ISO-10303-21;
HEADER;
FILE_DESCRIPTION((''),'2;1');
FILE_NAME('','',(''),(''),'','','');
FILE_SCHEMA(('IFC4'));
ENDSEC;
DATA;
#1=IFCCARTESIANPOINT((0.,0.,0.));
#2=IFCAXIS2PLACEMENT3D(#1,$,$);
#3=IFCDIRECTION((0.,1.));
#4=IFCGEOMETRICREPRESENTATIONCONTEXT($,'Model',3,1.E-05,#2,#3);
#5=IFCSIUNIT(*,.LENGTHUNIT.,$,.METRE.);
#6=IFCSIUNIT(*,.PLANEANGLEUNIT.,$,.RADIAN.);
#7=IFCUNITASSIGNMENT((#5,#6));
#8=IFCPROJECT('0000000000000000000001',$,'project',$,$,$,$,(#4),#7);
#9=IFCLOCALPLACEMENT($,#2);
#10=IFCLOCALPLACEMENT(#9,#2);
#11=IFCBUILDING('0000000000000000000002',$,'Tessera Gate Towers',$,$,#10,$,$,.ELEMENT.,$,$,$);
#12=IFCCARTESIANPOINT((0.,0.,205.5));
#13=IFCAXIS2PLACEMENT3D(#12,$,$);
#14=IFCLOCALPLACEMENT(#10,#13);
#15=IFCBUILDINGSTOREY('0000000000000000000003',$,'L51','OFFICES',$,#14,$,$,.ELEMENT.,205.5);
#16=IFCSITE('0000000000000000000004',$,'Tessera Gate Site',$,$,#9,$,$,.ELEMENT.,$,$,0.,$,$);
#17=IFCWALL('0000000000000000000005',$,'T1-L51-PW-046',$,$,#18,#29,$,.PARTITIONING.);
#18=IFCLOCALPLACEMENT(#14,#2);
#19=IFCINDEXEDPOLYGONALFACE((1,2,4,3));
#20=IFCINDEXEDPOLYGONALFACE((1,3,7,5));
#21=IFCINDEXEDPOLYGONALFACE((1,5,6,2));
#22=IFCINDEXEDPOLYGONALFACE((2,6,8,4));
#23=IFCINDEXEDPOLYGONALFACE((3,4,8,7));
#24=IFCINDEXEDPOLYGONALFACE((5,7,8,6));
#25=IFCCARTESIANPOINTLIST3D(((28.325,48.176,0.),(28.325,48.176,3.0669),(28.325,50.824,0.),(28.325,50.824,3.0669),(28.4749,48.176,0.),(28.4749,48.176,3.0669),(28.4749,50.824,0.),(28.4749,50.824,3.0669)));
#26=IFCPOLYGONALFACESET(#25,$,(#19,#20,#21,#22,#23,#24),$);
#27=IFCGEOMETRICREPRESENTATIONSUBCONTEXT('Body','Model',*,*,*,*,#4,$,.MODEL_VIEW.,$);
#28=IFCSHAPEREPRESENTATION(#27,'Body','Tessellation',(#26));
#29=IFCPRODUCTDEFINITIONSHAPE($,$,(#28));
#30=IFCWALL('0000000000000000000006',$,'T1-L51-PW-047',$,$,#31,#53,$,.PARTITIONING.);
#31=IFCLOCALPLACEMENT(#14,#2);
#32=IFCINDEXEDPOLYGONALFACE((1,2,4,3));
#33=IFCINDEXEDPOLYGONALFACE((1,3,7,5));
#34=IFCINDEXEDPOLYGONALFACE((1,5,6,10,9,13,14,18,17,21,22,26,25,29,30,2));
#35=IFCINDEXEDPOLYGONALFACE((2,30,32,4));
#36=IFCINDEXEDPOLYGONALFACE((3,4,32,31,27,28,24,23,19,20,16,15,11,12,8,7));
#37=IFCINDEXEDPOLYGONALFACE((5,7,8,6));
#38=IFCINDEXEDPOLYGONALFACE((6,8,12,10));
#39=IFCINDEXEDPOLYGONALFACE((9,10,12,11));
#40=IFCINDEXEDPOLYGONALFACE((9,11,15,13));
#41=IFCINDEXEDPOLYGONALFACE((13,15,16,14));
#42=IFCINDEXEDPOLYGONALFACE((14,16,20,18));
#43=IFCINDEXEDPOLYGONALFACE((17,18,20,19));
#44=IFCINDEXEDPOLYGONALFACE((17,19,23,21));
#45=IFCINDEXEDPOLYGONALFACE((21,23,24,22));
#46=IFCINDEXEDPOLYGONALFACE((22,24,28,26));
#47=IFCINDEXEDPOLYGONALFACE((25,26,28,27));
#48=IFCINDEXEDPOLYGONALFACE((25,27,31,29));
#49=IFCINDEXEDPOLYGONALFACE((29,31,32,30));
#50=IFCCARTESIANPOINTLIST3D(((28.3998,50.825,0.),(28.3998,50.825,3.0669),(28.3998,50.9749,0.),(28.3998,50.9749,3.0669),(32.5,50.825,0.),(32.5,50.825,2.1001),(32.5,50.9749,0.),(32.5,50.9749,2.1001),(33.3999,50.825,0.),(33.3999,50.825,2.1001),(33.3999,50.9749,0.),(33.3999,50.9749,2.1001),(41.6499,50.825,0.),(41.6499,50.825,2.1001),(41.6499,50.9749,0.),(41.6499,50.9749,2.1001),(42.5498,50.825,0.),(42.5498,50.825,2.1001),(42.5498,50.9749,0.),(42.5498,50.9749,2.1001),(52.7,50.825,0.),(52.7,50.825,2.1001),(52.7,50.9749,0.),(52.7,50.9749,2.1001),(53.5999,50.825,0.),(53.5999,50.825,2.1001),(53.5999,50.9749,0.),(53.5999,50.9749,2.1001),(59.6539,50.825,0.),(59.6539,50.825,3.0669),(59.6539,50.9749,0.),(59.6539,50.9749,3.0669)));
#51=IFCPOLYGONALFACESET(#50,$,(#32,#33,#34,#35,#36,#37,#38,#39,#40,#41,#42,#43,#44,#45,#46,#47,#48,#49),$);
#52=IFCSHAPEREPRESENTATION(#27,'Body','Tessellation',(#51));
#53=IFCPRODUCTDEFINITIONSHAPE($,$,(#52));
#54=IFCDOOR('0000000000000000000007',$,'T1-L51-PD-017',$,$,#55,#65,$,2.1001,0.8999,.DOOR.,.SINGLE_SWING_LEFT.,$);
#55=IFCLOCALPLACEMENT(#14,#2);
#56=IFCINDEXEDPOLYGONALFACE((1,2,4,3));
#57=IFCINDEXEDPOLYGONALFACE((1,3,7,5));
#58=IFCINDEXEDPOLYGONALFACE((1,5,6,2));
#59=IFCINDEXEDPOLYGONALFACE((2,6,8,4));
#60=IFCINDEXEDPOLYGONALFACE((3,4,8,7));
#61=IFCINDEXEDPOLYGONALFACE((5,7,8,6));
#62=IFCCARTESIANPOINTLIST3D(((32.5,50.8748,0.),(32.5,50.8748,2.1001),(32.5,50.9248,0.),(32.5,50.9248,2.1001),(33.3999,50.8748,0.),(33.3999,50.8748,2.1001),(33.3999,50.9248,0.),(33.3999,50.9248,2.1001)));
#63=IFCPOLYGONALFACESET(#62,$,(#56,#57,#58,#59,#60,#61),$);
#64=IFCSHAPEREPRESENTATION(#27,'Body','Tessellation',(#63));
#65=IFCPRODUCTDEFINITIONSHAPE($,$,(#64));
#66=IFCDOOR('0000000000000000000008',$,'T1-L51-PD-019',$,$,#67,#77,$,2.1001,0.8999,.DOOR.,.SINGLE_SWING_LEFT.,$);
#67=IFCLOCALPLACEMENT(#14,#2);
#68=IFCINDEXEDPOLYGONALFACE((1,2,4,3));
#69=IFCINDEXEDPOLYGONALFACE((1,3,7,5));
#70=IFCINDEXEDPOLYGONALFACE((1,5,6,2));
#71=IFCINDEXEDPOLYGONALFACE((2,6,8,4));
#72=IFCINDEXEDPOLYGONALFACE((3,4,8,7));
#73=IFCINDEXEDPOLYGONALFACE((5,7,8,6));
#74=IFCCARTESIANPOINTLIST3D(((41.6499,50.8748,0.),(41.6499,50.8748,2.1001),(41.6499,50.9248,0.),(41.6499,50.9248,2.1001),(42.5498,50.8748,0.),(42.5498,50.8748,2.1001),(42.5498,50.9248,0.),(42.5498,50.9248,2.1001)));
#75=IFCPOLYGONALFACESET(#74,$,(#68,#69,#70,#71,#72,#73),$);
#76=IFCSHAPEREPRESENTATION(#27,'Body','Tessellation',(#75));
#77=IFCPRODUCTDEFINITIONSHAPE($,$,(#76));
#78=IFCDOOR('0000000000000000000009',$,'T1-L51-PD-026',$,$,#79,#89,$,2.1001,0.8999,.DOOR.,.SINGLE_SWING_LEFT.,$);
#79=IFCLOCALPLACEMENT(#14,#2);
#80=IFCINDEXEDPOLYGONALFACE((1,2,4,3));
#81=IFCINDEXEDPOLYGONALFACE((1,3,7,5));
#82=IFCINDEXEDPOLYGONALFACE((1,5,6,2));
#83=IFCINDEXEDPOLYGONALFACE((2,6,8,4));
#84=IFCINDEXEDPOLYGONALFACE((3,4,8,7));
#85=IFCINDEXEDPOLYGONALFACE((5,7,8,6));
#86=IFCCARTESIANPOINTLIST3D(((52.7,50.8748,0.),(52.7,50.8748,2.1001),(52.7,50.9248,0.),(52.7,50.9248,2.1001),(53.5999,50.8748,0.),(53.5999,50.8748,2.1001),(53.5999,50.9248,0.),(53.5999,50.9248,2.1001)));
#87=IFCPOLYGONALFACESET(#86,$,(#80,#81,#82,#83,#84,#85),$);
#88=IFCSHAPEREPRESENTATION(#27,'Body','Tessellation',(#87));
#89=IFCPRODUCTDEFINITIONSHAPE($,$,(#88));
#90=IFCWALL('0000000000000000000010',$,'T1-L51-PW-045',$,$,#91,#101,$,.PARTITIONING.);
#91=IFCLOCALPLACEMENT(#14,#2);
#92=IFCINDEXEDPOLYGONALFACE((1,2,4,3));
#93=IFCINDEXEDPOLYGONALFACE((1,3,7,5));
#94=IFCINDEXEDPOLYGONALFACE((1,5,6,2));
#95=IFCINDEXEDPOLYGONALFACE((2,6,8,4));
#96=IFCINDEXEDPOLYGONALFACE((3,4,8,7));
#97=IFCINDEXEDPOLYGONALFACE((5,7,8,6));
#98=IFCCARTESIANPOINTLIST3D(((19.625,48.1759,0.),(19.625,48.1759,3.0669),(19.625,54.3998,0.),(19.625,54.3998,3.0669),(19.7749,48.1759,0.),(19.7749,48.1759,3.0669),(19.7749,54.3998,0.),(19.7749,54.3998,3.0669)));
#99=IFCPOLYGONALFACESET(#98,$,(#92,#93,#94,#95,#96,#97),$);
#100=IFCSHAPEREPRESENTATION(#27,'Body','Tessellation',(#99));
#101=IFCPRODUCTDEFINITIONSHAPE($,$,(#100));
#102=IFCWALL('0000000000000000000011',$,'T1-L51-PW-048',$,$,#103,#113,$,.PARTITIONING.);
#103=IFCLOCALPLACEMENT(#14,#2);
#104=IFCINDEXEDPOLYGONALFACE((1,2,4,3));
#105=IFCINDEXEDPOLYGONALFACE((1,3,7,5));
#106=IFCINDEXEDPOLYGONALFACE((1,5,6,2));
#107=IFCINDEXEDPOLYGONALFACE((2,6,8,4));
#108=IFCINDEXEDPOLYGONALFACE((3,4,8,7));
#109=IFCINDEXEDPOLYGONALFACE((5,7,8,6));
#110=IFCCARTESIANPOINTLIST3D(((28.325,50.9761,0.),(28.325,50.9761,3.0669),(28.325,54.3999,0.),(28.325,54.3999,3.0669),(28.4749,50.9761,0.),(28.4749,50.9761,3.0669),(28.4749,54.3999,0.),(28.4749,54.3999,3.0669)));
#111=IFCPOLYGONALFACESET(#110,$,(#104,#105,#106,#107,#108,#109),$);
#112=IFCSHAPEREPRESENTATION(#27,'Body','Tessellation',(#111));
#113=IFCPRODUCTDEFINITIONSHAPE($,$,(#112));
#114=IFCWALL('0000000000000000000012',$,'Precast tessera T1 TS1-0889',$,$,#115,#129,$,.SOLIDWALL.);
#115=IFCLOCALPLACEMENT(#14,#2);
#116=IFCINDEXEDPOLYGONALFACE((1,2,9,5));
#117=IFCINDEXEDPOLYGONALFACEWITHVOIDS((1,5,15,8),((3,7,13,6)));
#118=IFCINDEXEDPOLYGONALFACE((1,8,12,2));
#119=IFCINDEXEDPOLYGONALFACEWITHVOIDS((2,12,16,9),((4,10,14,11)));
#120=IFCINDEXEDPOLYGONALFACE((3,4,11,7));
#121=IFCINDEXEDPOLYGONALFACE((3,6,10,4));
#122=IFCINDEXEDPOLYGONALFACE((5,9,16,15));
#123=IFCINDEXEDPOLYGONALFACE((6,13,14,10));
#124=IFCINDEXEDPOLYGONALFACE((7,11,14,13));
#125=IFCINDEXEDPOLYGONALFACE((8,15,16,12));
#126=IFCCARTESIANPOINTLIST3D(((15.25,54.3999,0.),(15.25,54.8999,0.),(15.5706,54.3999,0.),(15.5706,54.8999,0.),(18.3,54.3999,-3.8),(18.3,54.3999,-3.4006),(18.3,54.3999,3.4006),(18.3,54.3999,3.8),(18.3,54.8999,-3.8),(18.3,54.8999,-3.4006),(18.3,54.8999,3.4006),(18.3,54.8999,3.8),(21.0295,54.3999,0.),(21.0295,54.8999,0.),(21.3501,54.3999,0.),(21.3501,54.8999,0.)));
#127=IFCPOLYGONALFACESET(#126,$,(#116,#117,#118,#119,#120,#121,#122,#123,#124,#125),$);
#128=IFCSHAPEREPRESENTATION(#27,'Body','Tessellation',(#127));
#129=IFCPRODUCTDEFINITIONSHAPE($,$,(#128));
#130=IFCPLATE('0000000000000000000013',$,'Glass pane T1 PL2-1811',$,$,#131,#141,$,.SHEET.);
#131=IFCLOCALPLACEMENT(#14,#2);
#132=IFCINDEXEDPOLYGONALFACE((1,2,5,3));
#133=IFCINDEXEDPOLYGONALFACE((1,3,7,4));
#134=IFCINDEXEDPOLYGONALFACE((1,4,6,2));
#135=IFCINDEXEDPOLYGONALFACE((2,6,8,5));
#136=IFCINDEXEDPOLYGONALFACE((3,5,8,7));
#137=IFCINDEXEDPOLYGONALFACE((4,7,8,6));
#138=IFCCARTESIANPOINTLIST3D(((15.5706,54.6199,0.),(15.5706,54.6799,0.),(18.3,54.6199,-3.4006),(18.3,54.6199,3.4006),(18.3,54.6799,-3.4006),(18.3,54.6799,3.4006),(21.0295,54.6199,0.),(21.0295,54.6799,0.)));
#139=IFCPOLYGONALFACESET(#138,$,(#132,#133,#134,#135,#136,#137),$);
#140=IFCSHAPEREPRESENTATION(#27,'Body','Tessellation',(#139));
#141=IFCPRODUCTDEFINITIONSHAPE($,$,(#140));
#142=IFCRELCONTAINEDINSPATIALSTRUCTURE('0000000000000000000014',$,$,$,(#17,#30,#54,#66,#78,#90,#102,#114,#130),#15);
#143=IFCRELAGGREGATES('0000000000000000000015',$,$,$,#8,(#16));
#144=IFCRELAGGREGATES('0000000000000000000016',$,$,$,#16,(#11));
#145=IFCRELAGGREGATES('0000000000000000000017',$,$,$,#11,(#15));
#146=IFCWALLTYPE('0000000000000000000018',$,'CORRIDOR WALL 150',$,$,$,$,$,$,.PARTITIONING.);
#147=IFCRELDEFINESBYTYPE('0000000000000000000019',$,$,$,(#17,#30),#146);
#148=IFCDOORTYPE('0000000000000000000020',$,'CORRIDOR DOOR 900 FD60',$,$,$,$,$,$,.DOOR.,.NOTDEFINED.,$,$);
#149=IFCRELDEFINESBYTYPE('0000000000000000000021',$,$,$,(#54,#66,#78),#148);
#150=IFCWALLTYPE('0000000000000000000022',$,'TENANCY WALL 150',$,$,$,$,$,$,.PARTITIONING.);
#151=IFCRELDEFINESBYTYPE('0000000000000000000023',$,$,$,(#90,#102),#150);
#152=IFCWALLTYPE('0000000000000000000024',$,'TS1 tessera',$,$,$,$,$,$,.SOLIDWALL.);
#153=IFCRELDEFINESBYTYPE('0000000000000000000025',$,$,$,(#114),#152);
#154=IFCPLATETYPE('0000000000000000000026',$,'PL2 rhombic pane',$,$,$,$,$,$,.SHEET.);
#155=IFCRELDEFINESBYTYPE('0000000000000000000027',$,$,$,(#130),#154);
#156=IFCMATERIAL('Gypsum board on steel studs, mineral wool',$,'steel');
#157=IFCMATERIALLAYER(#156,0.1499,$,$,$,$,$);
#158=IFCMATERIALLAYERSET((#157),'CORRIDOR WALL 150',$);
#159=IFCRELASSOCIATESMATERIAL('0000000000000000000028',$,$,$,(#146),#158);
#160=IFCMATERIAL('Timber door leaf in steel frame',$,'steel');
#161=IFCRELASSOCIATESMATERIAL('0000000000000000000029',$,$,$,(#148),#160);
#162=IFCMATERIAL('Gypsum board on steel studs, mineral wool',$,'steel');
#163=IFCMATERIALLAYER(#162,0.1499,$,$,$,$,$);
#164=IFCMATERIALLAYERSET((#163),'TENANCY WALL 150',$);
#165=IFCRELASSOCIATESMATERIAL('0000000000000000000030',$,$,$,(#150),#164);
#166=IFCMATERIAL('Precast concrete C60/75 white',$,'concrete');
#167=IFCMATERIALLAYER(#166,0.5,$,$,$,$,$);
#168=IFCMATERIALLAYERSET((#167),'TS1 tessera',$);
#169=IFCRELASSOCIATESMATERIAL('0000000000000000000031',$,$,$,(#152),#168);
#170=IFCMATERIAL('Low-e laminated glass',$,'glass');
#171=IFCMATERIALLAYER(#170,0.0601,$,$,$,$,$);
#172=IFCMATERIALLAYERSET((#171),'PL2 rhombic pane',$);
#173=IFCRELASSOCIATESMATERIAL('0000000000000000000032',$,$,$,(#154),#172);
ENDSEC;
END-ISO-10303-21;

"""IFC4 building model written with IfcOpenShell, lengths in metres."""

from ifc_helpers import new_model, si_unit, direction, frame, frame_2d, origin, place, context, subcontext, project, spatial, polyline, rectangle, outline, extrude, source, transform, mapped, material, layer, layer_set, type_object, element, fill, save


model = new_model("IFC4")

# Units and contexts
model_context = context("Model", 3, precision=1e-05, world=origin(), true_north=direction((0.0, 1.0)))
body_context = subcontext(model_context, "Body", "Model", "MODEL_VIEW")
ifc_project = project(units=[si_unit("LENGTHUNIT", "METRE"), si_unit("PLANEANGLEUNIT", "RADIAN")], contexts=[model_context])

# Site, building, storey
site_placement = place(None, origin())
site = spatial("IfcSite", under=ifc_project, at=site_placement, Name="Tessera Gate Site", CompositionType="ELEMENT", RefElevation=0.0)
building_placement = place(site_placement, origin())
building = spatial("IfcBuilding", under=site, at=building_placement, Name="Tessera Gate Towers", CompositionType="ELEMENT")
storey_placement = place(building_placement, frame((0.0, 0.0, 205.5)))
storey = spatial("IfcBuildingStorey", under=building, at=storey_placement, Name="L51", Description="OFFICES", CompositionType="ELEMENT", Elevation=205.5)

# Shared definitions
ifc_material_1 = material(Name="Gypsum board on steel studs, mineral wool", Category="steel")
ifc_layer_1 = layer(ifc_material_1, 0.1499)
ifc_layer_set_1 = layer_set([ifc_layer_1], Name="CORRIDOR WALL 150")
wall_type_1 = type_object("IfcWallType", Name="CORRIDOR WALL 150", PredefinedType="PARTITIONING", material=ifc_layer_set_1)

# Wall
wall_1_placement = place(storey_placement, frame((28.3999, 48.176, 0.0), z_axis=(0.0, 0.0, 1.0), x_axis=(0.0, 1.0, 0.0)))
element("IfcWall", 1, at=wall_1_placement, inside=storey, type_object=wall_type_1, Name="T1-L51-PW-046", PredefinedType="PARTITIONING", context=body_context, shape_type="SweptSolid", body=[
    extrude(rectangle(XDim=2.6479, YDim=0.1499, at=frame_2d((1.324, 0.0))), origin(), (0.0, 0.0, 1.0), 3.0669),
])

# Wall, openings, doors
wall_2_placement = place(storey_placement, frame((28.3999, 50.8999, 0.0), z_axis=(0.0, 0.0, 1.0), x_axis=(1.0, 0.0, 0.0)))
wall_2 = element("IfcWall", 2, at=wall_2_placement, inside=storey, type_object=wall_type_1, Name="T1-L51-PW-047", PredefinedType="PARTITIONING", context=body_context, shape_type="SweptSolid", body=[
    extrude(rectangle(XDim=31.2542, YDim=0.1499, at=frame_2d((15.627, 0.0))), origin(), (0.0, 0.0, 1.0), 3.0669),
])
shared_shape_1 = source(origin(), body_context, "Body", "SweptSolid", [
    extrude(rectangle(XDim=0.8999, YDim=2.1001, at=frame_2d((0.45, 1.05))), frame((0.0, 0.085, 0.0), z_axis=(0.0, -1.0, 0.0), x_axis=(1.0, 0.0, 0.0)), (0.0, 0.0, 1.0), 0.1699),
])
opening_1_placement = place(wall_2_placement, frame((4.1001, 0.0, 0.0)))
opening_1 = element("IfcOpeningElement", 3, at=opening_1_placement, cuts=wall_2, PredefinedType="OPENING", context=body_context, shape_type="MappedRepresentation", body=[
    mapped(shared_shape_1, transform((0.0, 0.0, 0.0), scale=1.0)),
])
opening_2_placement = place(wall_2_placement, frame((13.25, 0.0, 0.0)))
opening_2 = element("IfcOpeningElement", 4, at=opening_2_placement, cuts=wall_2, PredefinedType="OPENING", context=body_context, shape_type="MappedRepresentation", body=[
    mapped(shared_shape_1, transform((0.0, 0.0, 0.0), scale=1.0)),
])
opening_3_placement = place(wall_2_placement, frame((24.3, 0.0, 0.0)))
opening_3 = element("IfcOpeningElement", 5, at=opening_3_placement, cuts=wall_2, PredefinedType="OPENING", context=body_context, shape_type="MappedRepresentation", body=[
    mapped(shared_shape_1, transform((0.0, 0.0, 0.0), scale=1.0)),
])
ifc_material_2 = material(Name="Timber door leaf in steel frame", Category="steel")
door_type_1 = type_object("IfcDoorType", Name="CORRIDOR DOOR 900 FD60", OperationType="NOTDEFINED", PredefinedType="DOOR", material=ifc_material_2)
shared_shape_2 = source(origin(), body_context, "Body", "SweptSolid", [
    extrude(rectangle(XDim=0.8999, YDim=2.1001, at=frame_2d((0.45, 1.05))), frame((0.0, 0.0249, 0.0), z_axis=(0.0, -1.0, 0.0), x_axis=(1.0, 0.0, 0.0)), (0.0, 0.0, 1.0), 0.05),
])
door_1_placement = place(opening_1_placement, origin())
door_1 = element("IfcDoor", 6, at=door_1_placement, inside=storey, type_object=door_type_1, Name="T1-L51-PD-017", OperationType="SINGLE_SWING_LEFT", OverallHeight=2.1001, OverallWidth=0.8999, PredefinedType="DOOR", context=body_context, shape_type="MappedRepresentation", body=[
    mapped(shared_shape_2, transform((0.0, 0.0, 0.0), scale=1.0)),
])
fill(opening_1, door_1)
door_2_placement = place(opening_2_placement, origin())
door_2 = element("IfcDoor", 7, at=door_2_placement, inside=storey, type_object=door_type_1, Name="T1-L51-PD-019", OperationType="SINGLE_SWING_LEFT", OverallHeight=2.1001, OverallWidth=0.8999, PredefinedType="DOOR", context=body_context, shape_type="MappedRepresentation", body=[
    mapped(shared_shape_2, transform((0.0, 0.0, 0.0), scale=1.0)),
])
fill(opening_2, door_2)
door_3_placement = place(opening_3_placement, origin())
door_3 = element("IfcDoor", 8, at=door_3_placement, inside=storey, type_object=door_type_1, Name="T1-L51-PD-026", OperationType="SINGLE_SWING_LEFT", OverallHeight=2.1001, OverallWidth=0.8999, PredefinedType="DOOR", context=body_context, shape_type="MappedRepresentation", body=[
    mapped(shared_shape_2, transform((0.0, 0.0, 0.0), scale=1.0)),
])
fill(opening_3, door_3)

# Walls
ifc_material_3 = material(Name="Gypsum board on steel studs, mineral wool", Category="steel")
ifc_layer_2 = layer(ifc_material_3, 0.1499)
ifc_layer_set_2 = layer_set([ifc_layer_2], Name="TENANCY WALL 150")
wall_type_2 = type_object("IfcWallType", Name="TENANCY WALL 150", PredefinedType="PARTITIONING", material=ifc_layer_set_2)
wall_3_placement = place(storey_placement, frame((19.7, 48.176, 0.0), z_axis=(0.0, 0.0, 1.0), x_axis=(0.0, 1.0, 0.0)))
element("IfcWall", 9, at=wall_3_placement, inside=storey, type_object=wall_type_2, Name="T1-L51-PW-045", PredefinedType="PARTITIONING", context=body_context, shape_type="SweptSolid", body=[
    extrude(rectangle(XDim=6.2239, YDim=0.1499, at=frame_2d((3.1118, 0.0))), origin(), (0.0, 0.0, 1.0), 3.0669),
])
wall_4_placement = place(storey_placement, frame((28.3999, 50.9761, 0.0), z_axis=(0.0, 0.0, 1.0), x_axis=(0.0, 1.0, 0.0)))
element("IfcWall", 10, at=wall_4_placement, inside=storey, type_object=wall_type_2, Name="T1-L51-PW-048", PredefinedType="PARTITIONING", context=body_context, shape_type="SweptSolid", body=[
    extrude(rectangle(XDim=3.4238, YDim=0.1499, at=frame_2d((1.7119, 0.0))), origin(), (0.0, 0.0, 1.0), 3.0669),
])

# Wall, opening, plate
ifc_material_4 = material(Name="Precast concrete C60/75 white", Category="concrete")
ifc_layer_3 = layer(ifc_material_4, 0.5)
ifc_layer_set_3 = layer_set([ifc_layer_3], Name="TS1 tessera")
wall_type_3 = type_object("IfcWallType", Name="TS1 tessera", PredefinedType="SOLIDWALL", material=ifc_layer_set_3)
shared_shape_3 = source(origin(), body_context, "Body", "SweptSolid", [
    extrude(outline(polyline([(3.05, 0.0), (6.1001, 3.8), (3.05, 7.6001), (0.0, 3.8), (3.05, 0.0)])), frame((0.0, 0.25, 0.0), z_axis=(0.0, -1.0, 0.0), x_axis=(1.0, 0.0, 0.0)), (0.0, 0.0, 1.0), 0.5),
])
wall_5_placement = place(storey_placement, frame((21.3501, 54.6499, -3.8), z_axis=(0.0, 0.0, 1.0), x_axis=(-1.0, 0.0, 0.0)))
wall_5 = element("IfcWall", 11, at=wall_5_placement, inside=storey, type_object=wall_type_3, Name="Precast tessera T1 TS1-0889", PredefinedType="SOLIDWALL", context=body_context, shape_type="MappedRepresentation", body=[
    mapped(shared_shape_3, transform((0.0, 0.0, 0.0), scale=1.0)),
])
shared_shape_4 = source(origin(), body_context, "Body", "SweptSolid", [
    extrude(outline(polyline([(3.05, 0.3994), (5.7795, 3.8), (3.05, 7.2007), (0.3206, 3.8), (3.05, 0.3994)])), frame((0.0, 0.26, 0.0), z_axis=(0.0, -1.0, 0.0), x_axis=(1.0, 0.0, 0.0)), (0.0, 0.0, 1.0), 0.52),
])
opening_4_placement = place(wall_5_placement, origin())
opening_4 = element("IfcOpeningElement", 12, at=opening_4_placement, cuts=wall_5, PredefinedType="OPENING", context=body_context, shape_type="MappedRepresentation", body=[
    mapped(shared_shape_4, transform((0.0, 0.0, 0.0), scale=1.0)),
])
ifc_material_5 = material(Name="Low-e laminated glass", Category="glass")
ifc_layer_4 = layer(ifc_material_5, 0.0601)
ifc_layer_set_4 = layer_set([ifc_layer_4], Name="PL2 rhombic pane")
plate_type = type_object("IfcPlateType", Name="PL2 rhombic pane", PredefinedType="SHEET", material=ifc_layer_set_4)
shared_shape_5 = source(origin(), body_context, "Body", "SweptSolid", [
    extrude(outline(polyline([(3.05, 0.3994), (5.7795, 3.8), (3.05, 7.2007), (0.3206, 3.8), (3.05, 0.3994)])), frame((0.0, 0.03, 0.0), z_axis=(0.0, -1.0, 0.0), x_axis=(1.0, 0.0, 0.0)), (0.0, 0.0, 1.0), 0.0601),
])
plate_placement = place(opening_4_placement, origin())
plate = element("IfcPlate", 13, at=plate_placement, inside=storey, type_object=plate_type, Name="Glass pane T1 PL2-1811", PredefinedType="SHEET", context=body_context, shape_type="MappedRepresentation", body=[
    mapped(shared_shape_5, transform((0.0, 0.0, 0.0), scale=1.0)),
])
fill(opening_4, plate)

save(model, "model.ifc")
